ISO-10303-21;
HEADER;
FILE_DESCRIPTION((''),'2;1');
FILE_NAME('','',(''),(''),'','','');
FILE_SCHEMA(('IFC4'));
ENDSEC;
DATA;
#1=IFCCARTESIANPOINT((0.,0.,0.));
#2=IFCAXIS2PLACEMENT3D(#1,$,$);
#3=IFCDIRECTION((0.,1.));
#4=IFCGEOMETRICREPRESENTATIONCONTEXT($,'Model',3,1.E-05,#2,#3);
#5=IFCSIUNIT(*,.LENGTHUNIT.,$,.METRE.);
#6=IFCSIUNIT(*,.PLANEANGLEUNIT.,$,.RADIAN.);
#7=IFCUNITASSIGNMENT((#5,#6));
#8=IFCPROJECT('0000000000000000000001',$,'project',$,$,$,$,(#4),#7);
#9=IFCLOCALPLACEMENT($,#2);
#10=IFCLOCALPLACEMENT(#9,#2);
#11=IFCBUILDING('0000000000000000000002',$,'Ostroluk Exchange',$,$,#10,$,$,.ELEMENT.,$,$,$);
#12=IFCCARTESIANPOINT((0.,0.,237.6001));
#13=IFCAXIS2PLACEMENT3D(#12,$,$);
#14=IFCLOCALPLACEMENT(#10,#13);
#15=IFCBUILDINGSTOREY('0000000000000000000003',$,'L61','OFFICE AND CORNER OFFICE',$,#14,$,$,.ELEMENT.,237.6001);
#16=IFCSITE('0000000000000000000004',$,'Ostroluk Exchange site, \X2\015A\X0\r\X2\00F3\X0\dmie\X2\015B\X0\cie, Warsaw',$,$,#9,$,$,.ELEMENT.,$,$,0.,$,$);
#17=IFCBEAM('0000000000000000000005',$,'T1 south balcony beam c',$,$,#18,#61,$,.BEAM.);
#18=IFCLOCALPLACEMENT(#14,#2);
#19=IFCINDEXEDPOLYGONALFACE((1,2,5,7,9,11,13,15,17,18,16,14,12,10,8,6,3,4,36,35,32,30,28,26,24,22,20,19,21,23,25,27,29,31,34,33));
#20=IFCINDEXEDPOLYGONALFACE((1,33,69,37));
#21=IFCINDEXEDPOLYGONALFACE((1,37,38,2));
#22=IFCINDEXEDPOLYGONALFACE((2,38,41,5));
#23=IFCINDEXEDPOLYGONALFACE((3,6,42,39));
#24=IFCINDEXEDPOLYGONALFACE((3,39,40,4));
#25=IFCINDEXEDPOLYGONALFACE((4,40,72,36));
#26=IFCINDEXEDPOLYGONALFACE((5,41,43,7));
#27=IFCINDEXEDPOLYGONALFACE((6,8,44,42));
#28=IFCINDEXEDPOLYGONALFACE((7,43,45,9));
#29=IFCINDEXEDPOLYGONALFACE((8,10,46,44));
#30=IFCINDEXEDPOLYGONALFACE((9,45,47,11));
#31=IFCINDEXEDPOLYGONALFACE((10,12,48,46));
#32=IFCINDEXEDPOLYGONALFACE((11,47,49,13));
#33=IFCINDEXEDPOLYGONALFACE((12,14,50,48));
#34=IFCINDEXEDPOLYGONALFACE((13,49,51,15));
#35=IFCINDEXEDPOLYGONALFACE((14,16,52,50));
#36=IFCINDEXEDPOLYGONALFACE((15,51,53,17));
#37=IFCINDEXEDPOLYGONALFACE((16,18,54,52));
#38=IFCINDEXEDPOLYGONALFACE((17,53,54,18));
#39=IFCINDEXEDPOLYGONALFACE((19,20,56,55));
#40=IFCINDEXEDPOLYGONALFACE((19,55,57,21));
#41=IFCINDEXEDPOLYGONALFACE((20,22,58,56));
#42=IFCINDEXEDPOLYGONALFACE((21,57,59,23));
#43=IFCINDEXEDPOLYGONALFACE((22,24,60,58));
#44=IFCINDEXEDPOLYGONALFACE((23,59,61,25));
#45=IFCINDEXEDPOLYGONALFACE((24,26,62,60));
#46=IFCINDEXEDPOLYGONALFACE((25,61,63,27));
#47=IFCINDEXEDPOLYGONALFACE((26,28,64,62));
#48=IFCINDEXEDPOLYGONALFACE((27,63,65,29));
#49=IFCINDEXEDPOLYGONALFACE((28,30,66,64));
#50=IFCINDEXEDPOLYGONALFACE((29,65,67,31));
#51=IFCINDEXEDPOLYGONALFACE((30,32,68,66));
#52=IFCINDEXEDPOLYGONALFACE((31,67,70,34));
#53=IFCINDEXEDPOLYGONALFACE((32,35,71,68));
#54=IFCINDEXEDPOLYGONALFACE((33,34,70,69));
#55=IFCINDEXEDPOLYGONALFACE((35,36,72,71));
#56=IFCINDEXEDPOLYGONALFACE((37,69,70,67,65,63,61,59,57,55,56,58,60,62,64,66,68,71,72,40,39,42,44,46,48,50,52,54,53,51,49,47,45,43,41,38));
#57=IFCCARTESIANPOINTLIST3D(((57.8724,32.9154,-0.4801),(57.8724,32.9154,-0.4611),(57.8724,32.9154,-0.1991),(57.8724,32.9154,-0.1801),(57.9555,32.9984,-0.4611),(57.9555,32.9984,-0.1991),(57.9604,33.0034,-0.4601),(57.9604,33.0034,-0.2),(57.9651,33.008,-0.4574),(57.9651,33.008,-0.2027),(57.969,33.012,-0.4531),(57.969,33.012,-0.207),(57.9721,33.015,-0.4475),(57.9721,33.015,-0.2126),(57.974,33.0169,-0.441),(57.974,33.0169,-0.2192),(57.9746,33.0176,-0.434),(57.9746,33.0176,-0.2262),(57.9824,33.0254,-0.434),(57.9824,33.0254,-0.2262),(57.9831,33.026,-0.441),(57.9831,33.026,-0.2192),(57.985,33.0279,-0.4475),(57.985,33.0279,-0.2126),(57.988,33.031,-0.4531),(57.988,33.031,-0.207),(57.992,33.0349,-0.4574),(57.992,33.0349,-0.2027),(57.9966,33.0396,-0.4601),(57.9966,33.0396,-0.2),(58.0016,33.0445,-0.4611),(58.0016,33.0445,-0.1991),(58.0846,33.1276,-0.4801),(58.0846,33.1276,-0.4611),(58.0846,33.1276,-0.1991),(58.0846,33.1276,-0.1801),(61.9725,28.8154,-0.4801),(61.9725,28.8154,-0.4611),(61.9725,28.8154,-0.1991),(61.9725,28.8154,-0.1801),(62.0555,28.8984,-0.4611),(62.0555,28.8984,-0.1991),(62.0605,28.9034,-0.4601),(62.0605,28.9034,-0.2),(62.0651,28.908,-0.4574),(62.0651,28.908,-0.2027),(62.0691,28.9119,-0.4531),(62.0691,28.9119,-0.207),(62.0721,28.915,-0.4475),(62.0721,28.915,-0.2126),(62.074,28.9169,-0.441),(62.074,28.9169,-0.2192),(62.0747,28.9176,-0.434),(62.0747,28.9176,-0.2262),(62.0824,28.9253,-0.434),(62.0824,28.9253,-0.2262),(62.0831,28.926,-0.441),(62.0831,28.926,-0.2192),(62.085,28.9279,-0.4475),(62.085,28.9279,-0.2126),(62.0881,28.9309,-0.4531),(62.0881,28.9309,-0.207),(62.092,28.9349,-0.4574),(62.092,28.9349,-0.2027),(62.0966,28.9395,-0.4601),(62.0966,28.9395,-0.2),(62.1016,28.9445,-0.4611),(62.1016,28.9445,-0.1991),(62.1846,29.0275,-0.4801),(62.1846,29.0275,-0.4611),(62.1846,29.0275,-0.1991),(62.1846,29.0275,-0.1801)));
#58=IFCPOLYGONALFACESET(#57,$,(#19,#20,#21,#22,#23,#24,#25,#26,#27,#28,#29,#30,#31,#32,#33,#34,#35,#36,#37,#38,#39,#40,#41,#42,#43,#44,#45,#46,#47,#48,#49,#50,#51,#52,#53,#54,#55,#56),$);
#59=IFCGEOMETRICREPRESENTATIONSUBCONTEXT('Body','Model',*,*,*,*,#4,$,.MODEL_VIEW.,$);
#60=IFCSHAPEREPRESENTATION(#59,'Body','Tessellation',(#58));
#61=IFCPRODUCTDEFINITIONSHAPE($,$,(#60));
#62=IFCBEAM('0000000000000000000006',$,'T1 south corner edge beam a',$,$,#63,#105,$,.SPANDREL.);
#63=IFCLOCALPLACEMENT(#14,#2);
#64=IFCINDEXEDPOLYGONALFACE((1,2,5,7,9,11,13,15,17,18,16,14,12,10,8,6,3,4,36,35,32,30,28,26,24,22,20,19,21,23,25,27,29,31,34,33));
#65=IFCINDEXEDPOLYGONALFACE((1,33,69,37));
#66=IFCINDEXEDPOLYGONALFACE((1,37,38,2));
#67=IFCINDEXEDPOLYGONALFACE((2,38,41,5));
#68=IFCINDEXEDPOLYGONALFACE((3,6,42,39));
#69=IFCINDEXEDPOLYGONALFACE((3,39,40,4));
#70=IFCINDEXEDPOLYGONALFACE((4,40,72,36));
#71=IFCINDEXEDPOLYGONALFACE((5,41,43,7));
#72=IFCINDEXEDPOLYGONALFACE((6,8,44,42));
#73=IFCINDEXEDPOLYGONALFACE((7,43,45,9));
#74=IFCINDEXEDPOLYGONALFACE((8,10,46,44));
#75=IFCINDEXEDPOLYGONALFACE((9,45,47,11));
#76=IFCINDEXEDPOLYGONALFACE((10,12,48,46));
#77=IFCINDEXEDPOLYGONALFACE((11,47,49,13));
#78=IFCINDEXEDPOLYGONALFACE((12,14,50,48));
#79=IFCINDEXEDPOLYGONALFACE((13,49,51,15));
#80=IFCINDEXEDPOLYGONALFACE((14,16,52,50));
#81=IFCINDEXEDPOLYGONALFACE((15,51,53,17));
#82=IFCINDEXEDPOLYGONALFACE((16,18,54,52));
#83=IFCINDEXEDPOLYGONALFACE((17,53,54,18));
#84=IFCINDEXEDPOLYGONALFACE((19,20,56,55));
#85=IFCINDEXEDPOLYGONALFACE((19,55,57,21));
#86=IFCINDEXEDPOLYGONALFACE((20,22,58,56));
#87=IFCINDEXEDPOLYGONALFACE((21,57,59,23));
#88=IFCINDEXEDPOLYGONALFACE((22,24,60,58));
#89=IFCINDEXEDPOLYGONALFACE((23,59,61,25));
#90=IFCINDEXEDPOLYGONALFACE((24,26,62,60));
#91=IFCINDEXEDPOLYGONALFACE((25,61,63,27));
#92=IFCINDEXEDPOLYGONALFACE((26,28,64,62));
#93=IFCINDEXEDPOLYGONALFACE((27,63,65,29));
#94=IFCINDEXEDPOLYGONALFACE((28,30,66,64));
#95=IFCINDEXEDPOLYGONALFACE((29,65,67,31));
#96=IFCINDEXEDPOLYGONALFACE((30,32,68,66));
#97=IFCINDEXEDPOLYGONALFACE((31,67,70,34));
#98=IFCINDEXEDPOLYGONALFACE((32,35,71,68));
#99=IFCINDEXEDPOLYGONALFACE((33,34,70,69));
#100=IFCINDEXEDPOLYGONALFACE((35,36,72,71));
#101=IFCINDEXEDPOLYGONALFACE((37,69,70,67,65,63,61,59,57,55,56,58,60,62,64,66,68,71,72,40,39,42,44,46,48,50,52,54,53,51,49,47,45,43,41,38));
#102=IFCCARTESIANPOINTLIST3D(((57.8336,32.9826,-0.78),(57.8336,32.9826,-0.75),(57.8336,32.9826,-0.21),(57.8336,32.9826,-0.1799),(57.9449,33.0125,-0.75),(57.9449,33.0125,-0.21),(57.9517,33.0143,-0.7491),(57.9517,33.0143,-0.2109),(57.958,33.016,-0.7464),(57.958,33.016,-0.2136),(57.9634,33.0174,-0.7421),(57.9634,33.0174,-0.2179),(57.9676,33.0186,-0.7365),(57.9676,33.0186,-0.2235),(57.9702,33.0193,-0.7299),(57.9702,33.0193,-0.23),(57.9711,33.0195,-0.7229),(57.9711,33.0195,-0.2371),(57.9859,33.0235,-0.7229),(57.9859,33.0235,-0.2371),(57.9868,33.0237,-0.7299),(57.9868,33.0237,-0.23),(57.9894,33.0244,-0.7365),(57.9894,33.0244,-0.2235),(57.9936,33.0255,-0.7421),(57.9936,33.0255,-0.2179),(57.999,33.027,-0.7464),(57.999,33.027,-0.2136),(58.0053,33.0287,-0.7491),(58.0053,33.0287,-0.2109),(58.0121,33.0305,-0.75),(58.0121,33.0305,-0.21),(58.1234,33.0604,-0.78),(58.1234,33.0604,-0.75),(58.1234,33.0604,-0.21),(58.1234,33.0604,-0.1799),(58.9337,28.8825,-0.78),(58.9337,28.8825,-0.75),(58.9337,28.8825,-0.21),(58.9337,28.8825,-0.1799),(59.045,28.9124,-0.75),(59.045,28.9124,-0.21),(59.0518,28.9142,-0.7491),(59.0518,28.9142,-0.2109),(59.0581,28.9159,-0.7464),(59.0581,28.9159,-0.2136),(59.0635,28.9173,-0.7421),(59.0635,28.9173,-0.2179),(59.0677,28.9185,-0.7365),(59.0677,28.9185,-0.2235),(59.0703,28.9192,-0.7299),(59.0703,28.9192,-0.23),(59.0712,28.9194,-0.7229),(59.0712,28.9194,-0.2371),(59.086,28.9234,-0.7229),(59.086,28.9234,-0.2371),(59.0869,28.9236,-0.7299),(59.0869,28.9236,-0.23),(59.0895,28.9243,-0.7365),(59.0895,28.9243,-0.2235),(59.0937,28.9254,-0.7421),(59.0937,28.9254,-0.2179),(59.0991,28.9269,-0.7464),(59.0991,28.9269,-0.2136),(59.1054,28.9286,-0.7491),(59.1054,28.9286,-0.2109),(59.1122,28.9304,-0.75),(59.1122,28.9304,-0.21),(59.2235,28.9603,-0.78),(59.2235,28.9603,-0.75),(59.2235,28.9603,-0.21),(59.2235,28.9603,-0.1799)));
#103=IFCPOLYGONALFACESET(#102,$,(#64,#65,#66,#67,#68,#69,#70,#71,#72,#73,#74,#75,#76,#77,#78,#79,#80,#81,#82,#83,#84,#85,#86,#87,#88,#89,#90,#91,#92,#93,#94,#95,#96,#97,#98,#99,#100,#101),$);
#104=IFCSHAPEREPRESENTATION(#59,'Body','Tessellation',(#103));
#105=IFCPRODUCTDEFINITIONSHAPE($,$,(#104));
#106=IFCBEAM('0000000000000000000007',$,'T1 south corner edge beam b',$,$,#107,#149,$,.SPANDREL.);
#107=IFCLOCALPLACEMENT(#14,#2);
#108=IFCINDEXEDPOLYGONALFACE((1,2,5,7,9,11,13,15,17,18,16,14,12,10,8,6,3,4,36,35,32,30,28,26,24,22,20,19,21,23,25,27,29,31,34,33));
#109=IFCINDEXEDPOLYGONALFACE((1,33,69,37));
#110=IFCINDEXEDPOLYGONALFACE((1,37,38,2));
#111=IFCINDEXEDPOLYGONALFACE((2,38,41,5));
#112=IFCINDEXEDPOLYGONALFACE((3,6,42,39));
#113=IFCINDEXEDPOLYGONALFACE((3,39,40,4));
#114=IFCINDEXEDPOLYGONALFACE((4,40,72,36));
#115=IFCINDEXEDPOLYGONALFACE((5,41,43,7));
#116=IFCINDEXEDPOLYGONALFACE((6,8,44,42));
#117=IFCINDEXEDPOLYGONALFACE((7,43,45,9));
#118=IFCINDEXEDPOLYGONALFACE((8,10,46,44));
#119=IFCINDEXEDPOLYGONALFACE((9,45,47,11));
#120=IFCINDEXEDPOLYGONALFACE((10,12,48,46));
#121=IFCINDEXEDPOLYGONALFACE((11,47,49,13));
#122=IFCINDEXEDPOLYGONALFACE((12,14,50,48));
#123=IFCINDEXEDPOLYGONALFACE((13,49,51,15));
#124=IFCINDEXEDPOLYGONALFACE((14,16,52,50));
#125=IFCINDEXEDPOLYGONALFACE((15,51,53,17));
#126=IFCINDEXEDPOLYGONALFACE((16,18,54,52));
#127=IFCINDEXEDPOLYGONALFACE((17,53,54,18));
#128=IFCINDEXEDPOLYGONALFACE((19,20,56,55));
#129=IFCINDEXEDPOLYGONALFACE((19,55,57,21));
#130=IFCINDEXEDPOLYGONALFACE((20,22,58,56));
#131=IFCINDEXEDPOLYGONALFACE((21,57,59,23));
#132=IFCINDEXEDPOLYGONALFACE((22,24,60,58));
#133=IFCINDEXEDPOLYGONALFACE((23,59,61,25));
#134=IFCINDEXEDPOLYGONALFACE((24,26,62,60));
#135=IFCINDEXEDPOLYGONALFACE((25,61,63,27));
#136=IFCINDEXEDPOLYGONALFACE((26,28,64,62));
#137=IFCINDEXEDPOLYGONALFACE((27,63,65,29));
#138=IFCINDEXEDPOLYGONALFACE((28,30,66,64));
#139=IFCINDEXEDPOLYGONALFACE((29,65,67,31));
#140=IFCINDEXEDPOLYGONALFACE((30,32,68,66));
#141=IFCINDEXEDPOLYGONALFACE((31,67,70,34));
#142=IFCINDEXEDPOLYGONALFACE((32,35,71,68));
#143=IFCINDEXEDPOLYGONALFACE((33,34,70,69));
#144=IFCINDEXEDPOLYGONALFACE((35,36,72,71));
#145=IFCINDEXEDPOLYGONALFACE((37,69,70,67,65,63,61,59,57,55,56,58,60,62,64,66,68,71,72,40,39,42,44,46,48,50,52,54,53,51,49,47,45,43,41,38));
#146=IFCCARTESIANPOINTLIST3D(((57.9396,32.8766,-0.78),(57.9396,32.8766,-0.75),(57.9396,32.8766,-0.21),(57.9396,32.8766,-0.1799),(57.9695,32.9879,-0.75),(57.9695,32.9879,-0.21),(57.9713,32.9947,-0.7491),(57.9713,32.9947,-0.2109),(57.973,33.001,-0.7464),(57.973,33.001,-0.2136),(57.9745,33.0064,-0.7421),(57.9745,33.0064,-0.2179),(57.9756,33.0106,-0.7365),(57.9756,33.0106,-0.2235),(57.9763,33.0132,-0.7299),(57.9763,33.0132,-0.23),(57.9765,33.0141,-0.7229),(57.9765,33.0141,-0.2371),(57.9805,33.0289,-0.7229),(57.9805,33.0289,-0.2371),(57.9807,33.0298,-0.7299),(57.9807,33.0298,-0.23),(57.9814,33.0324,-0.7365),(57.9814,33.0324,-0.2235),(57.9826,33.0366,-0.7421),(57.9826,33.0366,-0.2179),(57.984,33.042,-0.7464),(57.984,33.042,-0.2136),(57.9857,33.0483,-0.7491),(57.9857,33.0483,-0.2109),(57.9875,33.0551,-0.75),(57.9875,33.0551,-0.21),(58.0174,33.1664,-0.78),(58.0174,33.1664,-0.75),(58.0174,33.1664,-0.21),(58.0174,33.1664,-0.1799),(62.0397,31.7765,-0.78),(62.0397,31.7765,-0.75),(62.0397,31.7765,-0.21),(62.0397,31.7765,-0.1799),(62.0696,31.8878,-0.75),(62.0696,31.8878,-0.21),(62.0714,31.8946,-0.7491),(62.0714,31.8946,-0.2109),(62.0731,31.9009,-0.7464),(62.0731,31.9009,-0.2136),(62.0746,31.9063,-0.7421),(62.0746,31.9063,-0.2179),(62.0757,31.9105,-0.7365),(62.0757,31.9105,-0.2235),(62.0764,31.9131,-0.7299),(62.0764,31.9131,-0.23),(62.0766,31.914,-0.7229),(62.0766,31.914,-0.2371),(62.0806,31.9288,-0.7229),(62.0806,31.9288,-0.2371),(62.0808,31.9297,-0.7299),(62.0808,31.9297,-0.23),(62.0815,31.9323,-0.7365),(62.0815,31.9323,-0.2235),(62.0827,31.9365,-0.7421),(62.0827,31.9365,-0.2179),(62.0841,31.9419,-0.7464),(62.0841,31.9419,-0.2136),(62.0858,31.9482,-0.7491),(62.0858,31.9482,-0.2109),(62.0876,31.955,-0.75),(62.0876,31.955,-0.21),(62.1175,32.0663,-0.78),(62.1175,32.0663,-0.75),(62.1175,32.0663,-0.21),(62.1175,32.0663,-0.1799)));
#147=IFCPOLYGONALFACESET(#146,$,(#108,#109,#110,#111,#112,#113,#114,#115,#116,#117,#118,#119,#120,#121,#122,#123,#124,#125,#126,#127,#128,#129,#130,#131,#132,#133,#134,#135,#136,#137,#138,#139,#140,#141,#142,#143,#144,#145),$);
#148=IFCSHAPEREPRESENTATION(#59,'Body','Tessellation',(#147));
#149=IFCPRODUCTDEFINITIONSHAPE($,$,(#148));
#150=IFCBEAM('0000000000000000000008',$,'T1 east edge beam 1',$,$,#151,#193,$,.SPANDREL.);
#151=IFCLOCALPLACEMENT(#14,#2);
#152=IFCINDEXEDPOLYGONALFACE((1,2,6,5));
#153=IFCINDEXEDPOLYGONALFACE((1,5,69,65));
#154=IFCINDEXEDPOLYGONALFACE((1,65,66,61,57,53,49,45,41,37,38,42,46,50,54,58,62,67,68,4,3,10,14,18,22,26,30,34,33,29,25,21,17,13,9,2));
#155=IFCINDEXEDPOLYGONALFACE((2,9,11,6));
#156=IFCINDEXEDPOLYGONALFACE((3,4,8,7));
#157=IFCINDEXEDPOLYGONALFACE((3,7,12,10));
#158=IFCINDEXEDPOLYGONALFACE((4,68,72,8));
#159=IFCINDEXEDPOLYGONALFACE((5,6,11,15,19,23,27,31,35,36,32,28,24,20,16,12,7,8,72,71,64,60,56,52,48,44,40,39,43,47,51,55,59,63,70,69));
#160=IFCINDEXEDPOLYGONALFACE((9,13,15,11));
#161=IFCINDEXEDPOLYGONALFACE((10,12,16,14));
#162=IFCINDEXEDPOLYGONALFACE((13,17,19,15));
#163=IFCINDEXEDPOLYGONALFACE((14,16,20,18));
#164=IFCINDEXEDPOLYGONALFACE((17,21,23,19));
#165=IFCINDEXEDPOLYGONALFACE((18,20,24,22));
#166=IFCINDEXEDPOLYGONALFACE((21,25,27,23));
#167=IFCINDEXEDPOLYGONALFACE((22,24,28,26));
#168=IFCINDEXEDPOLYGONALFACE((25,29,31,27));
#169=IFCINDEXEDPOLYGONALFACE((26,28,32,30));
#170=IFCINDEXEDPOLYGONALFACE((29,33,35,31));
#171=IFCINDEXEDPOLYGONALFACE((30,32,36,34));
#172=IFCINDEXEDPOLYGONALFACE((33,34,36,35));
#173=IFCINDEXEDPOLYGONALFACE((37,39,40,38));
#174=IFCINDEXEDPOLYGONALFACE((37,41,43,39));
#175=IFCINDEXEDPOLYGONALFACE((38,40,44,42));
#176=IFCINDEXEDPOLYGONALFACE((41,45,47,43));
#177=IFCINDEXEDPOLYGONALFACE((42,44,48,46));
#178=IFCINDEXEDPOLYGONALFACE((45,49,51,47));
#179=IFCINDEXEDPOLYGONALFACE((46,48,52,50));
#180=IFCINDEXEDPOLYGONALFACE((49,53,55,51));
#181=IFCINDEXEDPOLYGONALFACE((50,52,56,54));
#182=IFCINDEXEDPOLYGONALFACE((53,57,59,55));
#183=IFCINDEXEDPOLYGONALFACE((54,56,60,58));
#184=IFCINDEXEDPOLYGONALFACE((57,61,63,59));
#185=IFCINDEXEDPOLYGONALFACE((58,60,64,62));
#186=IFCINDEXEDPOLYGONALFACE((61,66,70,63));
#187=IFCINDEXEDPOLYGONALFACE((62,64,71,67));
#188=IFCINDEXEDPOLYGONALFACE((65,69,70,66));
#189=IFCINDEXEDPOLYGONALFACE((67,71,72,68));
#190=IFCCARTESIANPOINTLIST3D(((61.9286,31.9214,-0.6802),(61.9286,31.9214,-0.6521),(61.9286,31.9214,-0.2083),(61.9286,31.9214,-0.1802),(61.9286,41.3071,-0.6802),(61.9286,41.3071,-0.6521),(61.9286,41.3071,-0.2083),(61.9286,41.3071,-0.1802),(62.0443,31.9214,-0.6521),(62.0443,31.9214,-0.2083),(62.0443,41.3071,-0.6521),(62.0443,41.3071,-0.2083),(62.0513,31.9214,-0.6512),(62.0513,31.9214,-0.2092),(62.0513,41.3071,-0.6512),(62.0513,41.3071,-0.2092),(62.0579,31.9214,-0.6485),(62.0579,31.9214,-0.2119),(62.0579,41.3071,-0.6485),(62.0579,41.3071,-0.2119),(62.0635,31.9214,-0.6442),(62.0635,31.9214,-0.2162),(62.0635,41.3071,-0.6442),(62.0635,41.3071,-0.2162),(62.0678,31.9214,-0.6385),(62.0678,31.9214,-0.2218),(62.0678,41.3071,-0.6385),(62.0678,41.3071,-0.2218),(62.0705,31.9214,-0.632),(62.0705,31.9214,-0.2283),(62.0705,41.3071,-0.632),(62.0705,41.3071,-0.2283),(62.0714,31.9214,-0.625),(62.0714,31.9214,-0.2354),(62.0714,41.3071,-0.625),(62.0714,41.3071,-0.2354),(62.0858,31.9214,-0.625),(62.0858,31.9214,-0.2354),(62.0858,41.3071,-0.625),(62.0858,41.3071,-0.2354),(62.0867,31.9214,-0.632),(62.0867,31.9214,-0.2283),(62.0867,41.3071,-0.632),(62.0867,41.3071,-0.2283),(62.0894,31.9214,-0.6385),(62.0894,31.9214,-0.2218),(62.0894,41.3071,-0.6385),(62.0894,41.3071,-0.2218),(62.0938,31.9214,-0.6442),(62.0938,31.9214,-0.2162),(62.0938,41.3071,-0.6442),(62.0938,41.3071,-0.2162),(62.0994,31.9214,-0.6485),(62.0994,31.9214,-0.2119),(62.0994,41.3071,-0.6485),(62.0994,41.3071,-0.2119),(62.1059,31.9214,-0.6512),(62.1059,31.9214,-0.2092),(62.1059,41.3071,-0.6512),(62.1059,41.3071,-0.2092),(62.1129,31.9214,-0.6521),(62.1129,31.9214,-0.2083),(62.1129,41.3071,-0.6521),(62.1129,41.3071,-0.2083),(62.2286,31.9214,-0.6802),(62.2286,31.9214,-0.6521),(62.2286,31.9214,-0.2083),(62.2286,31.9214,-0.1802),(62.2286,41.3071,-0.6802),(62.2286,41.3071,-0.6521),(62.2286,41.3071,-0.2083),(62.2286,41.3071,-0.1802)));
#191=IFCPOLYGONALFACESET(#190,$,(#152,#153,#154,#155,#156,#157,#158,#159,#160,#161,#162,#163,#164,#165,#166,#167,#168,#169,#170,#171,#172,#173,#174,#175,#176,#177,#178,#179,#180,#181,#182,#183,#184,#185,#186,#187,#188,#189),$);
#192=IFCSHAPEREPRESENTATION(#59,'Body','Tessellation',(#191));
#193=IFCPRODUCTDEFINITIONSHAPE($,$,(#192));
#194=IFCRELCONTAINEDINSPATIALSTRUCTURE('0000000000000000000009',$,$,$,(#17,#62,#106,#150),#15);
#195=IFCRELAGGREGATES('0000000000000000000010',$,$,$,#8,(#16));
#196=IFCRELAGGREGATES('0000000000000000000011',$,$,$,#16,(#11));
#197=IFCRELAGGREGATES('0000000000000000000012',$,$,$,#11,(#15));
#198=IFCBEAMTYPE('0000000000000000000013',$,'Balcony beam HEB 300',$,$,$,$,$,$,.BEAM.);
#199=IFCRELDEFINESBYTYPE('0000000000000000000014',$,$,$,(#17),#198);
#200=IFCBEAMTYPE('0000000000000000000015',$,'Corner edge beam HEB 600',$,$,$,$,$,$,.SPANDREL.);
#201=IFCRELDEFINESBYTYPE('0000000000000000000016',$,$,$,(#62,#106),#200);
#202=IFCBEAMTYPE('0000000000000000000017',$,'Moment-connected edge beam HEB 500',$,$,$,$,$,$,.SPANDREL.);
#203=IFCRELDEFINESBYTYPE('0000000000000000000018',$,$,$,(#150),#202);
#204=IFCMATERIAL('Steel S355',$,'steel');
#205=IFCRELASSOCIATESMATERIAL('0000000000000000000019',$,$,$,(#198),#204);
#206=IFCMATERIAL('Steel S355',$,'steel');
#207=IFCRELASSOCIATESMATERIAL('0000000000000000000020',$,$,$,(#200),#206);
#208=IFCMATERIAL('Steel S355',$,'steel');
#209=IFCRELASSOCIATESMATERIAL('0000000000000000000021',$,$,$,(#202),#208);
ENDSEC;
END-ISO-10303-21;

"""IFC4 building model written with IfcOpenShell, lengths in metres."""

from ifc_helpers import new_model, si_unit, direction, frame, origin, origin_2d, place, context, subcontext, project, spatial, i_section, extrude, material, material_profile, profile_set, type_object, element, save


model = new_model("IFC4")

# Units and contexts
model_context = context("Model", 3, precision=1e-05, world=origin(), true_north=direction((0.0, 1.0)))
body_context = subcontext(model_context, "Body", "Model", "MODEL_VIEW")
ifc_project = project(units=[si_unit("LENGTHUNIT", "METRE"), si_unit("PLANEANGLEUNIT", "RADIAN")], contexts=[model_context])

# Site, building, storey
site_placement = place(None, origin())
site = spatial("IfcSite", under=ifc_project, at=site_placement, Name="Ostroluk Exchange site, Śródmieście, Warsaw", CompositionType="ELEMENT", RefElevation=0.0)
building_placement = place(site_placement, origin())
building = spatial("IfcBuilding", under=site, at=building_placement, Name="Ostroluk Exchange", CompositionType="ELEMENT")
storey_placement = place(building_placement, frame((0.0, 0.0, 237.6001)))
storey = spatial("IfcBuildingStorey", under=building, at=storey_placement, Name="L61", Description="OFFICE AND CORNER OFFICE", CompositionType="ELEMENT", Elevation=237.6001)

# Beams
ifc_material_1 = material(Name="Steel S355", Category="steel")
ifc_material_profile_1 = material_profile(ifc_material_1, i_section(OverallWidth=0.3, OverallDepth=0.3, WebThickness=0.011, FlangeThickness=0.019, FilletRadius=0.0271, at=origin_2d()), Name="HEB 300")
ifc_profile_set_1 = profile_set([ifc_material_profile_1], Name="Steel S355")
beam_type_1 = type_object("IfcBeamType", Name="Balcony beam HEB 300", PredefinedType="BEAM", material=ifc_profile_set_1)
beam_placement = place(storey_placement, frame((57.9785, 33.0215, -0.3301), z_axis=(0.707107, -0.707107, 0.0), x_axis=(0.707107, 0.707107, 0.0)))
element("IfcBeam", 1, at=beam_placement, inside=storey, type_object=beam_type_1, Name="T1 south balcony beam c", PredefinedType="BEAM", context=body_context, shape_type="SweptSolid", body=[
    extrude(i_section(OverallWidth=0.3, OverallDepth=0.3, WebThickness=0.011, FlangeThickness=0.019, FilletRadius=0.0271, at=origin_2d()), origin(), (0.0, 0.0, 1.0), 5.7983),
])
ifc_material_2 = material(Name="Steel S355", Category="steel")
ifc_material_profile_2 = material_profile(ifc_material_2, i_section(OverallWidth=0.3, OverallDepth=0.6001, WebThickness=0.0154, FlangeThickness=0.03, FilletRadius=0.0271, at=origin_2d()), Name="HEB 600")
ifc_profile_set_2 = profile_set([ifc_material_profile_2], Name="Steel S355")
beam_type_2 = type_object("IfcBeamType", Name="Corner edge beam HEB 600", PredefinedType="SPANDREL", material=ifc_profile_set_2)
for number, where, z_axis, x_axis, name in (
    (2, (57.9785, 33.0215, -0.48), (0.259144, -0.965839, 0.0), (0.965839, 0.259144, 0.0), "T1 south corner edge beam a"),
    (3, (57.9785, 33.0215, -0.48), (0.965839, -0.259144, 0.0), (0.259144, 0.965839, 0.0), "T1 south corner edge beam b"),
):
    element("IfcBeam", number, at=place(storey_placement, frame(where, z_axis=z_axis, x_axis=x_axis)), inside=storey, type_object=beam_type_2, Name=name, PredefinedType="SPANDREL", context=body_context, shape_type="SweptSolid", body=[
        extrude(i_section(OverallWidth=0.3, OverallDepth=0.6001, WebThickness=0.0154, FlangeThickness=0.03, FilletRadius=0.0271, at=origin_2d()), origin(), (0.0, 0.0, 1.0), 4.2451),
    ])
ifc_material_3 = material(Name="Steel S355", Category="steel")
ifc_material_profile_3 = material_profile(ifc_material_3, i_section(OverallWidth=0.3, OverallDepth=0.5, WebThickness=0.0144, FlangeThickness=0.0281, FilletRadius=0.0271, at=origin_2d()), Name="HEB 500")
ifc_profile_set_3 = profile_set([ifc_material_profile_3], Name="Steel S355")
beam_type_3 = type_object("IfcBeamType", Name="Moment-connected edge beam HEB 500", PredefinedType="SPANDREL", material=ifc_profile_set_3)
for number, where, z_axis, x_axis, name in (
    (4, (62.0786, 31.9214, -0.4302), (0.0, 1.0, 0.0), (-1.0, 0.0, 0.0), "T1 east edge beam 1"),
):
    element("IfcBeam", number, at=place(storey_placement, frame(where, z_axis=z_axis, x_axis=x_axis)), inside=storey, type_object=beam_type_3, Name=name, PredefinedType="SPANDREL", context=body_context, shape_type="SweptSolid", body=[
        extrude(i_section(OverallWidth=0.3, OverallDepth=0.5, WebThickness=0.0144, FlangeThickness=0.0281, FilletRadius=0.0271, at=origin_2d()), origin(), (0.0, 0.0, 1.0), 9.3857),
    ])

save(model, "model.ifc")
